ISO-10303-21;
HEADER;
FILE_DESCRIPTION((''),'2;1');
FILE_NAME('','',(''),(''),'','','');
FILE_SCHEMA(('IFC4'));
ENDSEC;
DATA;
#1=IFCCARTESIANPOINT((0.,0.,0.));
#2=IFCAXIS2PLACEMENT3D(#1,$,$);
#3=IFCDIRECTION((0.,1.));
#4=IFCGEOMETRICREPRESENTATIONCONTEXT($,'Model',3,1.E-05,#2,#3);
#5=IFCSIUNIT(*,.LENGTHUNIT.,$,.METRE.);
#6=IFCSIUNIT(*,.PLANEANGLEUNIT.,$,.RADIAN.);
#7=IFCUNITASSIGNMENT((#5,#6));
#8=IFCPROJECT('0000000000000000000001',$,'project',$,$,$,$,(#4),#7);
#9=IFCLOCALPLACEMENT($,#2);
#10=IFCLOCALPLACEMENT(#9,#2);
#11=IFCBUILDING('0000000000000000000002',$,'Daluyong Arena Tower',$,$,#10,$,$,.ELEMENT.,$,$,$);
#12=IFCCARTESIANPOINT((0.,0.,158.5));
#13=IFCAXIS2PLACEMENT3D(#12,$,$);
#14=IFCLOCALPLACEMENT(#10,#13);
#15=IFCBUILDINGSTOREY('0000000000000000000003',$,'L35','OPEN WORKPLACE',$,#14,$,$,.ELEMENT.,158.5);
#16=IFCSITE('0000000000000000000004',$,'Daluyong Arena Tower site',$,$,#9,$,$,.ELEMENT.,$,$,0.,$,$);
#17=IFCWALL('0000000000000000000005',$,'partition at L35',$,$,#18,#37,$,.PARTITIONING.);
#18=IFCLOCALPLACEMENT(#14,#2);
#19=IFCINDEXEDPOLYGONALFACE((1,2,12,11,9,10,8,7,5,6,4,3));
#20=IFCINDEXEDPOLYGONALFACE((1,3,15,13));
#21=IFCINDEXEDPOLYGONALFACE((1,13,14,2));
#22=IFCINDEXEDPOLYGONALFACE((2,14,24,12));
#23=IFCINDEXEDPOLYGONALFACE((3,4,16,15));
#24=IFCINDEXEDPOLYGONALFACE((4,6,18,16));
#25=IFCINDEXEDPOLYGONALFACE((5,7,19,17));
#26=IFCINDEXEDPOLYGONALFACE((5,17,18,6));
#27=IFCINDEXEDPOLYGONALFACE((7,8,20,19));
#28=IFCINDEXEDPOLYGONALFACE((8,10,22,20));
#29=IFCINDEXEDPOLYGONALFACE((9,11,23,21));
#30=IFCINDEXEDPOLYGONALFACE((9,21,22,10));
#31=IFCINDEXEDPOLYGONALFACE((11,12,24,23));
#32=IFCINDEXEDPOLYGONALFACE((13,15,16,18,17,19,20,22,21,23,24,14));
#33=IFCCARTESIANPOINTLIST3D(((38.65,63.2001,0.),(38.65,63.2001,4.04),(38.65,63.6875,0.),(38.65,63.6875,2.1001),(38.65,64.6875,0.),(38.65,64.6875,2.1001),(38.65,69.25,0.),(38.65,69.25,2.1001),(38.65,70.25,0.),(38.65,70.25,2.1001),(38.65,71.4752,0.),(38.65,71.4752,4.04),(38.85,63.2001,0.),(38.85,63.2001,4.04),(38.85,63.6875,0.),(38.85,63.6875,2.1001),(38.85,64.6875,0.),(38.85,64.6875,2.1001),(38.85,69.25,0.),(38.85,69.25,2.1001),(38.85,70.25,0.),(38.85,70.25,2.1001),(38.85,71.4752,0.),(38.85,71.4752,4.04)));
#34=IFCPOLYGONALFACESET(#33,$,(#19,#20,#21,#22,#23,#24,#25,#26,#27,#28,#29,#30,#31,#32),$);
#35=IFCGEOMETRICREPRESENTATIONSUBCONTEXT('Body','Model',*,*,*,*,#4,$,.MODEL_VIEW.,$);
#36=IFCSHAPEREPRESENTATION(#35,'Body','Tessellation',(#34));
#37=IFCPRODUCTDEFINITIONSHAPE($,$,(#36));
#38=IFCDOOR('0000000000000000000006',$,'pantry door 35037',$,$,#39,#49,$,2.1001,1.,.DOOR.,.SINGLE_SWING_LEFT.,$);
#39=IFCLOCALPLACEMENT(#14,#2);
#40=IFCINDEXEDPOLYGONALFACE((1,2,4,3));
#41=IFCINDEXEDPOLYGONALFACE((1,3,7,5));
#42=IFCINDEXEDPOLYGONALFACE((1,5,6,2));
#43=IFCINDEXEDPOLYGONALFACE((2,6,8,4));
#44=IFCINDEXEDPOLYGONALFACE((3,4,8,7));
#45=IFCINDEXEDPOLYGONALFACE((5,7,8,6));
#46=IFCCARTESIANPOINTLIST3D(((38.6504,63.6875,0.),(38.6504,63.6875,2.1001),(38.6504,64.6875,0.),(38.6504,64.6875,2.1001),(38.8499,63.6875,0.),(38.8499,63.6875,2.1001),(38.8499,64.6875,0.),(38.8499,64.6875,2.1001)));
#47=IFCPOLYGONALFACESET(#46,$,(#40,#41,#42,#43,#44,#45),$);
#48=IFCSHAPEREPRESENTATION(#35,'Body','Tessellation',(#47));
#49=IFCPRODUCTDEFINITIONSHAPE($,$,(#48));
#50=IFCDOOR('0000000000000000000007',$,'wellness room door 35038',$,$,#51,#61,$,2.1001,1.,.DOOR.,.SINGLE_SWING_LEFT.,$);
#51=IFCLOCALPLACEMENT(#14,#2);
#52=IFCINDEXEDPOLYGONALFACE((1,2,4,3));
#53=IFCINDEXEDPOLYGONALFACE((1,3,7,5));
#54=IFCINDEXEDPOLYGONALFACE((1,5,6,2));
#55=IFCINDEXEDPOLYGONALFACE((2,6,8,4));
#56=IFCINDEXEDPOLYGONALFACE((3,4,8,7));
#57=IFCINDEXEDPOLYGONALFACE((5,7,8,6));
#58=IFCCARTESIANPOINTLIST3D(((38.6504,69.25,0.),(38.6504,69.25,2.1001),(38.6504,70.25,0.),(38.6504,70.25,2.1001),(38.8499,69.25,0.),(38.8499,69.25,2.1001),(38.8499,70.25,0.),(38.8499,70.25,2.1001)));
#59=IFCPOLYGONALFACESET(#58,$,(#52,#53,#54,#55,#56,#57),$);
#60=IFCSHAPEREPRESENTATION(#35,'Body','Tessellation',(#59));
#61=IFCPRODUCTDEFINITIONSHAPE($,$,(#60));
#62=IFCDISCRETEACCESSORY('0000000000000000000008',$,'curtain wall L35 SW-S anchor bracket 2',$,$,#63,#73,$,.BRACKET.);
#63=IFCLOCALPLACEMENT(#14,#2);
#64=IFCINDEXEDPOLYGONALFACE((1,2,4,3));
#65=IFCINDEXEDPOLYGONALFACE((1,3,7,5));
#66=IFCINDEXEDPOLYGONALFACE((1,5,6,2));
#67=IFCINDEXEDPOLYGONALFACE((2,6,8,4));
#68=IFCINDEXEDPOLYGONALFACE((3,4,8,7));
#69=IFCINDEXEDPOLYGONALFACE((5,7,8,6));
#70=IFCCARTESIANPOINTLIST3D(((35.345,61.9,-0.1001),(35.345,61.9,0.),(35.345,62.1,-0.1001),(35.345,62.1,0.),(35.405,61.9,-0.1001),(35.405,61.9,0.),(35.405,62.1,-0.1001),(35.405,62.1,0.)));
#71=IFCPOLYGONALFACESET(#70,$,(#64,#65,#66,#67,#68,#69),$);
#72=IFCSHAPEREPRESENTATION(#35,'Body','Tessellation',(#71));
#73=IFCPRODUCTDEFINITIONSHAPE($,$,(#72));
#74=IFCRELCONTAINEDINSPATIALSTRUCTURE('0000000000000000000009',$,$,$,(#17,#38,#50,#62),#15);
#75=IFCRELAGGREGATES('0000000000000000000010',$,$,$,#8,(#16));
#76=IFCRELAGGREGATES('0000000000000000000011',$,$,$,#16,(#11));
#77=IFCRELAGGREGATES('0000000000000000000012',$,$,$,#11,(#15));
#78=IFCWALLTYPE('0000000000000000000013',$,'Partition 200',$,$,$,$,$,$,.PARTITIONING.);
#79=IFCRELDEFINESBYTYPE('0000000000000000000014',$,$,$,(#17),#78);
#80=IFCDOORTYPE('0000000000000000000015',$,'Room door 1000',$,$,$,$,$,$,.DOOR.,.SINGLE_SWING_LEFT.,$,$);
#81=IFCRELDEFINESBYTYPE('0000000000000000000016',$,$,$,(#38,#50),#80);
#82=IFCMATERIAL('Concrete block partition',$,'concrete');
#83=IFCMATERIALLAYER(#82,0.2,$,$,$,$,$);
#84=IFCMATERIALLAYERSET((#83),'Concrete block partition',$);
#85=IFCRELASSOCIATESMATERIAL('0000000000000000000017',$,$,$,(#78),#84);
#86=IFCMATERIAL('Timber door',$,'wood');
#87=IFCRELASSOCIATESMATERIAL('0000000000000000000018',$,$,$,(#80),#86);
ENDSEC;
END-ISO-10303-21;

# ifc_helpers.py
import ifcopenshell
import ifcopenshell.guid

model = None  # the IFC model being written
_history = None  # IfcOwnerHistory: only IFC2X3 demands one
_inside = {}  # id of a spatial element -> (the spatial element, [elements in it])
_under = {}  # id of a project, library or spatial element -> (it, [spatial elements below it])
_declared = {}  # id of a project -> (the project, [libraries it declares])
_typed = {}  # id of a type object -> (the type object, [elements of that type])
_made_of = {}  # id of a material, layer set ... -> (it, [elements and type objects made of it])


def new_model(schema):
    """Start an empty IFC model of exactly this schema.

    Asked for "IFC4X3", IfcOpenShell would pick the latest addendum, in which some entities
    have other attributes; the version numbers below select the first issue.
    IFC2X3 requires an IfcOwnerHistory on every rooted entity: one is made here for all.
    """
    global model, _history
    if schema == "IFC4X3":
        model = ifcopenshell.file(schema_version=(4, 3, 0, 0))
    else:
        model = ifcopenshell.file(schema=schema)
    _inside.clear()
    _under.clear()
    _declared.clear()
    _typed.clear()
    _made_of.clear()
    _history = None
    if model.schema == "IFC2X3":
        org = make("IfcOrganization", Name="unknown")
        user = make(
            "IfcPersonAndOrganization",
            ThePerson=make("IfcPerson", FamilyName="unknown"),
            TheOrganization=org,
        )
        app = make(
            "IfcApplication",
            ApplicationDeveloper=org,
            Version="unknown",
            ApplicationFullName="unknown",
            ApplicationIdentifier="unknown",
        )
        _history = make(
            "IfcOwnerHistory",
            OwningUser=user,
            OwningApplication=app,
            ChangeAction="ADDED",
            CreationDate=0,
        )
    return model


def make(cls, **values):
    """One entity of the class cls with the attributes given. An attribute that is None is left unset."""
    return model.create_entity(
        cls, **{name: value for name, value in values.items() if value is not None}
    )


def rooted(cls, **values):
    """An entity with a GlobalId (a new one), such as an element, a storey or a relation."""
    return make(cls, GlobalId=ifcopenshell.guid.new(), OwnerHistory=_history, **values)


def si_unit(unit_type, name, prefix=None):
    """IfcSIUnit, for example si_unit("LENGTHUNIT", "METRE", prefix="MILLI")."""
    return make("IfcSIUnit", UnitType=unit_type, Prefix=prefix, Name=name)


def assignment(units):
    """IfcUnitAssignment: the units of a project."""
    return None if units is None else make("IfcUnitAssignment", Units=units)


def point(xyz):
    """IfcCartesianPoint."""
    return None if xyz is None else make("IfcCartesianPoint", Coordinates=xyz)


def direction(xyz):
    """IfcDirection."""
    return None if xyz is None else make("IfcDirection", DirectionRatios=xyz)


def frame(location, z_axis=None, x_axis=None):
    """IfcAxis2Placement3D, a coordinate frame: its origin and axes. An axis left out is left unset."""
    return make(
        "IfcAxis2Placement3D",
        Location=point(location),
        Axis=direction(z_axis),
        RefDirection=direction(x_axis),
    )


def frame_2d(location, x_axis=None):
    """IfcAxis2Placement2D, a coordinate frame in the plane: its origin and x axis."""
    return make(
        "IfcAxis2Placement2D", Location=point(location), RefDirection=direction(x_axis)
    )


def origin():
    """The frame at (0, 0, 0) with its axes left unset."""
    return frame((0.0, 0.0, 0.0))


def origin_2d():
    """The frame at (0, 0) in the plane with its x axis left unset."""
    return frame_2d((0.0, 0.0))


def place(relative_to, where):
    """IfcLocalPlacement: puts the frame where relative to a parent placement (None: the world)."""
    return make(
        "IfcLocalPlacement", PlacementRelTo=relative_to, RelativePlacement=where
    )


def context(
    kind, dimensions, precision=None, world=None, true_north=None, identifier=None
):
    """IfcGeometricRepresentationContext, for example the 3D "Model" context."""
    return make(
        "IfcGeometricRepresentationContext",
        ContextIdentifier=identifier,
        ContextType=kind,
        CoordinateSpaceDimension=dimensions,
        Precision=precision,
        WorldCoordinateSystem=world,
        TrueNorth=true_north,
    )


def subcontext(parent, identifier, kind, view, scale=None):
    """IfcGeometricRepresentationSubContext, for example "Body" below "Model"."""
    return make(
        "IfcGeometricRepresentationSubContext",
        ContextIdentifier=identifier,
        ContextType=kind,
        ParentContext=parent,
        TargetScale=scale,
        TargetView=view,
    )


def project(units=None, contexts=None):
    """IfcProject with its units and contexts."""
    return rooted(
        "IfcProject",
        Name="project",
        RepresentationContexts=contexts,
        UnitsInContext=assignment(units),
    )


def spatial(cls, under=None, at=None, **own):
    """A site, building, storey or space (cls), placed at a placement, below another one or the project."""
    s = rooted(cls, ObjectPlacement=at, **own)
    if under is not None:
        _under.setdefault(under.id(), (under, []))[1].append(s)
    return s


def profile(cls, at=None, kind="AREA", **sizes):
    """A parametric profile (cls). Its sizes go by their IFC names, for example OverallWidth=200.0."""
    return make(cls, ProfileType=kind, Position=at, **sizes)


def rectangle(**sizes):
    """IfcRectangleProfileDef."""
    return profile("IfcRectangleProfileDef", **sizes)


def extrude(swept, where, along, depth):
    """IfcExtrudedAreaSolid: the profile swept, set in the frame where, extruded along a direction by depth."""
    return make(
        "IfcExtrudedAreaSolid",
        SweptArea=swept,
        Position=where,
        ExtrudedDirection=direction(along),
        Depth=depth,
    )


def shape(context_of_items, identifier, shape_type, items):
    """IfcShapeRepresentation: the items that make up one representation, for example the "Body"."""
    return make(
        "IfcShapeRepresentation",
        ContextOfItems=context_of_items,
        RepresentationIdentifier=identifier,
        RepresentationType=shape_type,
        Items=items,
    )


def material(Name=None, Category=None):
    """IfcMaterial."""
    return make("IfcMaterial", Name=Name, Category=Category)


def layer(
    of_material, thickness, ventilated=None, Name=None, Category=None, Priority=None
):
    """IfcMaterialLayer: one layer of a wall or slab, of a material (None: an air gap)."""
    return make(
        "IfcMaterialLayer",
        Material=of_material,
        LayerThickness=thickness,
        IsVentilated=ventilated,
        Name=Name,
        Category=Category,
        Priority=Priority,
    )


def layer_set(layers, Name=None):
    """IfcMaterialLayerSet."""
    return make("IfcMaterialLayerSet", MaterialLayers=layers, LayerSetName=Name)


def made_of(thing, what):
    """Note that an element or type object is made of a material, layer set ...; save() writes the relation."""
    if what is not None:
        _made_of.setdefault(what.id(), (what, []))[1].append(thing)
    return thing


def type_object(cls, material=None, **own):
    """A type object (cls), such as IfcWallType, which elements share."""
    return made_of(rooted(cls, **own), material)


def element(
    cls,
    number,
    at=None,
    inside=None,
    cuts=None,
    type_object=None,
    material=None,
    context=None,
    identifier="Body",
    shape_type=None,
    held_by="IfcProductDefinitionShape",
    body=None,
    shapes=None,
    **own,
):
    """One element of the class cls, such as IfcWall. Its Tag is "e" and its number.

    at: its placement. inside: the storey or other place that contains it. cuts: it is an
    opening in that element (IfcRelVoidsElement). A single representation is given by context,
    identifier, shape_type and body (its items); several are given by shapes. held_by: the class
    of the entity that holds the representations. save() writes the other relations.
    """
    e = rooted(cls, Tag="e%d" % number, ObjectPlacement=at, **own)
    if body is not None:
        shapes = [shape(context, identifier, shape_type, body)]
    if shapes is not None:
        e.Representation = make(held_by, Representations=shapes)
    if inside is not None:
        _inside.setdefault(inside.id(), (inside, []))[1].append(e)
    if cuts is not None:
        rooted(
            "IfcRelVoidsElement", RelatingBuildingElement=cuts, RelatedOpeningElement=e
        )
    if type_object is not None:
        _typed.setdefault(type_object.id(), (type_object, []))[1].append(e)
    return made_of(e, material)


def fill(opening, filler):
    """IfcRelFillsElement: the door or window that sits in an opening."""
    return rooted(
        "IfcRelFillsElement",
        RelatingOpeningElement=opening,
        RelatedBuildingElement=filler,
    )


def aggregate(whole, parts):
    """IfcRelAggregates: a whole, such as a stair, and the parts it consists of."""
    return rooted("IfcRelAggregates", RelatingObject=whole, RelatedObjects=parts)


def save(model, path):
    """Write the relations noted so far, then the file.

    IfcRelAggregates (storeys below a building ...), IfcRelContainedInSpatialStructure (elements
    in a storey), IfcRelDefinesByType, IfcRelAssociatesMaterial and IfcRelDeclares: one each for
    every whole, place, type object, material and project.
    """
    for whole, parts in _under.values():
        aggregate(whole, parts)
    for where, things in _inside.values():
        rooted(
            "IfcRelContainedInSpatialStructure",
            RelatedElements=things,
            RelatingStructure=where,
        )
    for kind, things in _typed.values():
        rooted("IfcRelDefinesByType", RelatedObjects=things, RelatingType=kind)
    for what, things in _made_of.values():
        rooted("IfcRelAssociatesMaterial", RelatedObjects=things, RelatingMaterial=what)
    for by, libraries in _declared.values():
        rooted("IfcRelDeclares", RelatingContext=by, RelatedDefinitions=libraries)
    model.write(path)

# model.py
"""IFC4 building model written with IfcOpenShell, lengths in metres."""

from ifc_helpers import new_model, si_unit, direction, frame, frame_2d, origin, origin_2d, place, context, subcontext, project, spatial, rectangle, extrude, material, layer, layer_set, type_object, element, fill, save


model = new_model("IFC4")

# Units and contexts
model_context = context("Model", 3, precision=1e-05, world=origin(), true_north=direction((0.0, 1.0)))
body_context = subcontext(model_context, "Body", "Model", "MODEL_VIEW")
ifc_project = project(units=[si_unit("LENGTHUNIT", "METRE"), si_unit("PLANEANGLEUNIT", "RADIAN")], contexts=[model_context])

# Site, building, storey
site_placement = place(None, origin())
site = spatial("IfcSite", under=ifc_project, at=site_placement, Name="Daluyong Arena Tower site", CompositionType="ELEMENT", RefElevation=0.0)
building_placement = place(site_placement, origin())
building = spatial("IfcBuilding", under=site, at=building_placement, Name="Daluyong Arena Tower", CompositionType="ELEMENT")
storey_placement = place(building_placement, frame((0.0, 0.0, 158.5)))
storey = spatial("IfcBuildingStorey", under=building, at=storey_placement, Name="L35", Description="OPEN WORKPLACE", CompositionType="ELEMENT", Elevation=158.5)

# Shared definitions
ifc_material_1 = material(Name="Concrete block partition", Category="concrete")
ifc_layer_1 = layer(ifc_material_1, 0.2)
ifc_layer_set_1 = layer_set([ifc_layer_1], Name="Concrete block partition")
wall_type_1 = type_object("IfcWallType", Name="Partition 200", PredefinedType="PARTITIONING", material=ifc_layer_set_1)
ifc_material_2 = material(Name="Timber door", Category="wood")
door_type_1 = type_object("IfcDoorType", Name="Room door 1000", OperationType="SINGLE_SWING_LEFT", PredefinedType="DOOR", material=ifc_material_2)

# Wall, openings, doors
wall_1_placement = place(storey_placement, frame((38.75, 63.2, 0.0), z_axis=(0.0, 0.0, 1.0), x_axis=(0.0, 1.0, 0.0)))
wall_1 = element("IfcWall", 1, at=wall_1_placement, inside=storey, type_object=wall_type_1, Name="partition at L35", PredefinedType="PARTITIONING", context=body_context, shape_type="SweptSolid", body=[
    extrude(rectangle(XDim=8.2751, YDim=0.2, at=frame_2d((4.1377, 0.0))), origin(), (0.0, 0.0, 1.0), 4.04),
])
opening_1_placement = place(wall_1_placement, frame((0.4875, 0.0, 0.0)))
opening_1 = element("IfcOpeningElement", 2, at=opening_1_placement, cuts=wall_1, PredefinedType="OPENING", context=body_context, shape_type="SweptSolid", body=[
    extrude(rectangle(XDim=1.0, YDim=2.1001, at=frame_2d((0.5, 1.05))), frame((0.0, 0.1099, 0.0), z_axis=(0.0, -1.0, 0.0), x_axis=(1.0, 0.0, 0.0)), (0.0, 0.0, 1.0), 0.22),
])
opening_2_placement = place(wall_1_placement, frame((6.05, 0.0, 0.0)))
opening_2 = element("IfcOpeningElement", 3, at=opening_2_placement, cuts=wall_1, PredefinedType="OPENING", context=body_context, shape_type="SweptSolid", body=[
    extrude(rectangle(XDim=1.0, YDim=2.1001, at=frame_2d((0.5, 1.05))), frame((0.0, 0.1099, 0.0), z_axis=(0.0, -1.0, 0.0), x_axis=(1.0, 0.0, 0.0)), (0.0, 0.0, 1.0), 0.22),
])
door_1_placement = place(opening_1_placement, origin())
door_1 = element("IfcDoor", 4, at=door_1_placement, inside=storey, type_object=door_type_1, Name="pantry door 35037", OperationType="SINGLE_SWING_LEFT", OverallHeight=2.1001, OverallWidth=1.0, PredefinedType="DOOR", context=body_context, shape_type="SweptSolid", body=[
    extrude(rectangle(XDim=1.0, YDim=2.1001, at=frame_2d((0.5, 1.05))), frame((0.0, 0.0996, 0.0), z_axis=(0.0, -1.0, 0.0), x_axis=(1.0, 0.0, 0.0)), (0.0, 0.0, 1.0), 0.1995),
])
fill(opening_1, door_1)
door_2_placement = place(opening_2_placement, origin())
door_2 = element("IfcDoor", 5, at=door_2_placement, inside=storey, type_object=door_type_1, Name="wellness room door 35038", OperationType="SINGLE_SWING_LEFT", OverallHeight=2.1001, OverallWidth=1.0, PredefinedType="DOOR", context=body_context, shape_type="SweptSolid", body=[
    extrude(rectangle(XDim=1.0, YDim=2.1001, at=frame_2d((0.5, 1.05))), frame((0.0, 0.0996, 0.0), z_axis=(0.0, -1.0, 0.0), x_axis=(1.0, 0.0, 0.0)), (0.0, 0.0, 1.0), 0.1995),
])
fill(opening_2, door_2)

# Discrete accessory
discrete_accessory_placement = place(storey_placement, frame((35.375, 62.0, -0.1001), z_axis=(0.0, 0.0, 1.0), x_axis=(1.0, 0.0, 0.0)))
element("IfcDiscreteAccessory", 6, at=discrete_accessory_placement, inside=storey, Name="curtain wall L35 SW-S anchor bracket 2", PredefinedType="BRACKET", context=body_context, shape_type="SweptSolid", body=[
    extrude(rectangle(XDim=0.0601, YDim=0.2, at=origin_2d()), origin(), (0.0, 0.0, 1.0), 0.1001),
])

save(model, "model.ifc")
